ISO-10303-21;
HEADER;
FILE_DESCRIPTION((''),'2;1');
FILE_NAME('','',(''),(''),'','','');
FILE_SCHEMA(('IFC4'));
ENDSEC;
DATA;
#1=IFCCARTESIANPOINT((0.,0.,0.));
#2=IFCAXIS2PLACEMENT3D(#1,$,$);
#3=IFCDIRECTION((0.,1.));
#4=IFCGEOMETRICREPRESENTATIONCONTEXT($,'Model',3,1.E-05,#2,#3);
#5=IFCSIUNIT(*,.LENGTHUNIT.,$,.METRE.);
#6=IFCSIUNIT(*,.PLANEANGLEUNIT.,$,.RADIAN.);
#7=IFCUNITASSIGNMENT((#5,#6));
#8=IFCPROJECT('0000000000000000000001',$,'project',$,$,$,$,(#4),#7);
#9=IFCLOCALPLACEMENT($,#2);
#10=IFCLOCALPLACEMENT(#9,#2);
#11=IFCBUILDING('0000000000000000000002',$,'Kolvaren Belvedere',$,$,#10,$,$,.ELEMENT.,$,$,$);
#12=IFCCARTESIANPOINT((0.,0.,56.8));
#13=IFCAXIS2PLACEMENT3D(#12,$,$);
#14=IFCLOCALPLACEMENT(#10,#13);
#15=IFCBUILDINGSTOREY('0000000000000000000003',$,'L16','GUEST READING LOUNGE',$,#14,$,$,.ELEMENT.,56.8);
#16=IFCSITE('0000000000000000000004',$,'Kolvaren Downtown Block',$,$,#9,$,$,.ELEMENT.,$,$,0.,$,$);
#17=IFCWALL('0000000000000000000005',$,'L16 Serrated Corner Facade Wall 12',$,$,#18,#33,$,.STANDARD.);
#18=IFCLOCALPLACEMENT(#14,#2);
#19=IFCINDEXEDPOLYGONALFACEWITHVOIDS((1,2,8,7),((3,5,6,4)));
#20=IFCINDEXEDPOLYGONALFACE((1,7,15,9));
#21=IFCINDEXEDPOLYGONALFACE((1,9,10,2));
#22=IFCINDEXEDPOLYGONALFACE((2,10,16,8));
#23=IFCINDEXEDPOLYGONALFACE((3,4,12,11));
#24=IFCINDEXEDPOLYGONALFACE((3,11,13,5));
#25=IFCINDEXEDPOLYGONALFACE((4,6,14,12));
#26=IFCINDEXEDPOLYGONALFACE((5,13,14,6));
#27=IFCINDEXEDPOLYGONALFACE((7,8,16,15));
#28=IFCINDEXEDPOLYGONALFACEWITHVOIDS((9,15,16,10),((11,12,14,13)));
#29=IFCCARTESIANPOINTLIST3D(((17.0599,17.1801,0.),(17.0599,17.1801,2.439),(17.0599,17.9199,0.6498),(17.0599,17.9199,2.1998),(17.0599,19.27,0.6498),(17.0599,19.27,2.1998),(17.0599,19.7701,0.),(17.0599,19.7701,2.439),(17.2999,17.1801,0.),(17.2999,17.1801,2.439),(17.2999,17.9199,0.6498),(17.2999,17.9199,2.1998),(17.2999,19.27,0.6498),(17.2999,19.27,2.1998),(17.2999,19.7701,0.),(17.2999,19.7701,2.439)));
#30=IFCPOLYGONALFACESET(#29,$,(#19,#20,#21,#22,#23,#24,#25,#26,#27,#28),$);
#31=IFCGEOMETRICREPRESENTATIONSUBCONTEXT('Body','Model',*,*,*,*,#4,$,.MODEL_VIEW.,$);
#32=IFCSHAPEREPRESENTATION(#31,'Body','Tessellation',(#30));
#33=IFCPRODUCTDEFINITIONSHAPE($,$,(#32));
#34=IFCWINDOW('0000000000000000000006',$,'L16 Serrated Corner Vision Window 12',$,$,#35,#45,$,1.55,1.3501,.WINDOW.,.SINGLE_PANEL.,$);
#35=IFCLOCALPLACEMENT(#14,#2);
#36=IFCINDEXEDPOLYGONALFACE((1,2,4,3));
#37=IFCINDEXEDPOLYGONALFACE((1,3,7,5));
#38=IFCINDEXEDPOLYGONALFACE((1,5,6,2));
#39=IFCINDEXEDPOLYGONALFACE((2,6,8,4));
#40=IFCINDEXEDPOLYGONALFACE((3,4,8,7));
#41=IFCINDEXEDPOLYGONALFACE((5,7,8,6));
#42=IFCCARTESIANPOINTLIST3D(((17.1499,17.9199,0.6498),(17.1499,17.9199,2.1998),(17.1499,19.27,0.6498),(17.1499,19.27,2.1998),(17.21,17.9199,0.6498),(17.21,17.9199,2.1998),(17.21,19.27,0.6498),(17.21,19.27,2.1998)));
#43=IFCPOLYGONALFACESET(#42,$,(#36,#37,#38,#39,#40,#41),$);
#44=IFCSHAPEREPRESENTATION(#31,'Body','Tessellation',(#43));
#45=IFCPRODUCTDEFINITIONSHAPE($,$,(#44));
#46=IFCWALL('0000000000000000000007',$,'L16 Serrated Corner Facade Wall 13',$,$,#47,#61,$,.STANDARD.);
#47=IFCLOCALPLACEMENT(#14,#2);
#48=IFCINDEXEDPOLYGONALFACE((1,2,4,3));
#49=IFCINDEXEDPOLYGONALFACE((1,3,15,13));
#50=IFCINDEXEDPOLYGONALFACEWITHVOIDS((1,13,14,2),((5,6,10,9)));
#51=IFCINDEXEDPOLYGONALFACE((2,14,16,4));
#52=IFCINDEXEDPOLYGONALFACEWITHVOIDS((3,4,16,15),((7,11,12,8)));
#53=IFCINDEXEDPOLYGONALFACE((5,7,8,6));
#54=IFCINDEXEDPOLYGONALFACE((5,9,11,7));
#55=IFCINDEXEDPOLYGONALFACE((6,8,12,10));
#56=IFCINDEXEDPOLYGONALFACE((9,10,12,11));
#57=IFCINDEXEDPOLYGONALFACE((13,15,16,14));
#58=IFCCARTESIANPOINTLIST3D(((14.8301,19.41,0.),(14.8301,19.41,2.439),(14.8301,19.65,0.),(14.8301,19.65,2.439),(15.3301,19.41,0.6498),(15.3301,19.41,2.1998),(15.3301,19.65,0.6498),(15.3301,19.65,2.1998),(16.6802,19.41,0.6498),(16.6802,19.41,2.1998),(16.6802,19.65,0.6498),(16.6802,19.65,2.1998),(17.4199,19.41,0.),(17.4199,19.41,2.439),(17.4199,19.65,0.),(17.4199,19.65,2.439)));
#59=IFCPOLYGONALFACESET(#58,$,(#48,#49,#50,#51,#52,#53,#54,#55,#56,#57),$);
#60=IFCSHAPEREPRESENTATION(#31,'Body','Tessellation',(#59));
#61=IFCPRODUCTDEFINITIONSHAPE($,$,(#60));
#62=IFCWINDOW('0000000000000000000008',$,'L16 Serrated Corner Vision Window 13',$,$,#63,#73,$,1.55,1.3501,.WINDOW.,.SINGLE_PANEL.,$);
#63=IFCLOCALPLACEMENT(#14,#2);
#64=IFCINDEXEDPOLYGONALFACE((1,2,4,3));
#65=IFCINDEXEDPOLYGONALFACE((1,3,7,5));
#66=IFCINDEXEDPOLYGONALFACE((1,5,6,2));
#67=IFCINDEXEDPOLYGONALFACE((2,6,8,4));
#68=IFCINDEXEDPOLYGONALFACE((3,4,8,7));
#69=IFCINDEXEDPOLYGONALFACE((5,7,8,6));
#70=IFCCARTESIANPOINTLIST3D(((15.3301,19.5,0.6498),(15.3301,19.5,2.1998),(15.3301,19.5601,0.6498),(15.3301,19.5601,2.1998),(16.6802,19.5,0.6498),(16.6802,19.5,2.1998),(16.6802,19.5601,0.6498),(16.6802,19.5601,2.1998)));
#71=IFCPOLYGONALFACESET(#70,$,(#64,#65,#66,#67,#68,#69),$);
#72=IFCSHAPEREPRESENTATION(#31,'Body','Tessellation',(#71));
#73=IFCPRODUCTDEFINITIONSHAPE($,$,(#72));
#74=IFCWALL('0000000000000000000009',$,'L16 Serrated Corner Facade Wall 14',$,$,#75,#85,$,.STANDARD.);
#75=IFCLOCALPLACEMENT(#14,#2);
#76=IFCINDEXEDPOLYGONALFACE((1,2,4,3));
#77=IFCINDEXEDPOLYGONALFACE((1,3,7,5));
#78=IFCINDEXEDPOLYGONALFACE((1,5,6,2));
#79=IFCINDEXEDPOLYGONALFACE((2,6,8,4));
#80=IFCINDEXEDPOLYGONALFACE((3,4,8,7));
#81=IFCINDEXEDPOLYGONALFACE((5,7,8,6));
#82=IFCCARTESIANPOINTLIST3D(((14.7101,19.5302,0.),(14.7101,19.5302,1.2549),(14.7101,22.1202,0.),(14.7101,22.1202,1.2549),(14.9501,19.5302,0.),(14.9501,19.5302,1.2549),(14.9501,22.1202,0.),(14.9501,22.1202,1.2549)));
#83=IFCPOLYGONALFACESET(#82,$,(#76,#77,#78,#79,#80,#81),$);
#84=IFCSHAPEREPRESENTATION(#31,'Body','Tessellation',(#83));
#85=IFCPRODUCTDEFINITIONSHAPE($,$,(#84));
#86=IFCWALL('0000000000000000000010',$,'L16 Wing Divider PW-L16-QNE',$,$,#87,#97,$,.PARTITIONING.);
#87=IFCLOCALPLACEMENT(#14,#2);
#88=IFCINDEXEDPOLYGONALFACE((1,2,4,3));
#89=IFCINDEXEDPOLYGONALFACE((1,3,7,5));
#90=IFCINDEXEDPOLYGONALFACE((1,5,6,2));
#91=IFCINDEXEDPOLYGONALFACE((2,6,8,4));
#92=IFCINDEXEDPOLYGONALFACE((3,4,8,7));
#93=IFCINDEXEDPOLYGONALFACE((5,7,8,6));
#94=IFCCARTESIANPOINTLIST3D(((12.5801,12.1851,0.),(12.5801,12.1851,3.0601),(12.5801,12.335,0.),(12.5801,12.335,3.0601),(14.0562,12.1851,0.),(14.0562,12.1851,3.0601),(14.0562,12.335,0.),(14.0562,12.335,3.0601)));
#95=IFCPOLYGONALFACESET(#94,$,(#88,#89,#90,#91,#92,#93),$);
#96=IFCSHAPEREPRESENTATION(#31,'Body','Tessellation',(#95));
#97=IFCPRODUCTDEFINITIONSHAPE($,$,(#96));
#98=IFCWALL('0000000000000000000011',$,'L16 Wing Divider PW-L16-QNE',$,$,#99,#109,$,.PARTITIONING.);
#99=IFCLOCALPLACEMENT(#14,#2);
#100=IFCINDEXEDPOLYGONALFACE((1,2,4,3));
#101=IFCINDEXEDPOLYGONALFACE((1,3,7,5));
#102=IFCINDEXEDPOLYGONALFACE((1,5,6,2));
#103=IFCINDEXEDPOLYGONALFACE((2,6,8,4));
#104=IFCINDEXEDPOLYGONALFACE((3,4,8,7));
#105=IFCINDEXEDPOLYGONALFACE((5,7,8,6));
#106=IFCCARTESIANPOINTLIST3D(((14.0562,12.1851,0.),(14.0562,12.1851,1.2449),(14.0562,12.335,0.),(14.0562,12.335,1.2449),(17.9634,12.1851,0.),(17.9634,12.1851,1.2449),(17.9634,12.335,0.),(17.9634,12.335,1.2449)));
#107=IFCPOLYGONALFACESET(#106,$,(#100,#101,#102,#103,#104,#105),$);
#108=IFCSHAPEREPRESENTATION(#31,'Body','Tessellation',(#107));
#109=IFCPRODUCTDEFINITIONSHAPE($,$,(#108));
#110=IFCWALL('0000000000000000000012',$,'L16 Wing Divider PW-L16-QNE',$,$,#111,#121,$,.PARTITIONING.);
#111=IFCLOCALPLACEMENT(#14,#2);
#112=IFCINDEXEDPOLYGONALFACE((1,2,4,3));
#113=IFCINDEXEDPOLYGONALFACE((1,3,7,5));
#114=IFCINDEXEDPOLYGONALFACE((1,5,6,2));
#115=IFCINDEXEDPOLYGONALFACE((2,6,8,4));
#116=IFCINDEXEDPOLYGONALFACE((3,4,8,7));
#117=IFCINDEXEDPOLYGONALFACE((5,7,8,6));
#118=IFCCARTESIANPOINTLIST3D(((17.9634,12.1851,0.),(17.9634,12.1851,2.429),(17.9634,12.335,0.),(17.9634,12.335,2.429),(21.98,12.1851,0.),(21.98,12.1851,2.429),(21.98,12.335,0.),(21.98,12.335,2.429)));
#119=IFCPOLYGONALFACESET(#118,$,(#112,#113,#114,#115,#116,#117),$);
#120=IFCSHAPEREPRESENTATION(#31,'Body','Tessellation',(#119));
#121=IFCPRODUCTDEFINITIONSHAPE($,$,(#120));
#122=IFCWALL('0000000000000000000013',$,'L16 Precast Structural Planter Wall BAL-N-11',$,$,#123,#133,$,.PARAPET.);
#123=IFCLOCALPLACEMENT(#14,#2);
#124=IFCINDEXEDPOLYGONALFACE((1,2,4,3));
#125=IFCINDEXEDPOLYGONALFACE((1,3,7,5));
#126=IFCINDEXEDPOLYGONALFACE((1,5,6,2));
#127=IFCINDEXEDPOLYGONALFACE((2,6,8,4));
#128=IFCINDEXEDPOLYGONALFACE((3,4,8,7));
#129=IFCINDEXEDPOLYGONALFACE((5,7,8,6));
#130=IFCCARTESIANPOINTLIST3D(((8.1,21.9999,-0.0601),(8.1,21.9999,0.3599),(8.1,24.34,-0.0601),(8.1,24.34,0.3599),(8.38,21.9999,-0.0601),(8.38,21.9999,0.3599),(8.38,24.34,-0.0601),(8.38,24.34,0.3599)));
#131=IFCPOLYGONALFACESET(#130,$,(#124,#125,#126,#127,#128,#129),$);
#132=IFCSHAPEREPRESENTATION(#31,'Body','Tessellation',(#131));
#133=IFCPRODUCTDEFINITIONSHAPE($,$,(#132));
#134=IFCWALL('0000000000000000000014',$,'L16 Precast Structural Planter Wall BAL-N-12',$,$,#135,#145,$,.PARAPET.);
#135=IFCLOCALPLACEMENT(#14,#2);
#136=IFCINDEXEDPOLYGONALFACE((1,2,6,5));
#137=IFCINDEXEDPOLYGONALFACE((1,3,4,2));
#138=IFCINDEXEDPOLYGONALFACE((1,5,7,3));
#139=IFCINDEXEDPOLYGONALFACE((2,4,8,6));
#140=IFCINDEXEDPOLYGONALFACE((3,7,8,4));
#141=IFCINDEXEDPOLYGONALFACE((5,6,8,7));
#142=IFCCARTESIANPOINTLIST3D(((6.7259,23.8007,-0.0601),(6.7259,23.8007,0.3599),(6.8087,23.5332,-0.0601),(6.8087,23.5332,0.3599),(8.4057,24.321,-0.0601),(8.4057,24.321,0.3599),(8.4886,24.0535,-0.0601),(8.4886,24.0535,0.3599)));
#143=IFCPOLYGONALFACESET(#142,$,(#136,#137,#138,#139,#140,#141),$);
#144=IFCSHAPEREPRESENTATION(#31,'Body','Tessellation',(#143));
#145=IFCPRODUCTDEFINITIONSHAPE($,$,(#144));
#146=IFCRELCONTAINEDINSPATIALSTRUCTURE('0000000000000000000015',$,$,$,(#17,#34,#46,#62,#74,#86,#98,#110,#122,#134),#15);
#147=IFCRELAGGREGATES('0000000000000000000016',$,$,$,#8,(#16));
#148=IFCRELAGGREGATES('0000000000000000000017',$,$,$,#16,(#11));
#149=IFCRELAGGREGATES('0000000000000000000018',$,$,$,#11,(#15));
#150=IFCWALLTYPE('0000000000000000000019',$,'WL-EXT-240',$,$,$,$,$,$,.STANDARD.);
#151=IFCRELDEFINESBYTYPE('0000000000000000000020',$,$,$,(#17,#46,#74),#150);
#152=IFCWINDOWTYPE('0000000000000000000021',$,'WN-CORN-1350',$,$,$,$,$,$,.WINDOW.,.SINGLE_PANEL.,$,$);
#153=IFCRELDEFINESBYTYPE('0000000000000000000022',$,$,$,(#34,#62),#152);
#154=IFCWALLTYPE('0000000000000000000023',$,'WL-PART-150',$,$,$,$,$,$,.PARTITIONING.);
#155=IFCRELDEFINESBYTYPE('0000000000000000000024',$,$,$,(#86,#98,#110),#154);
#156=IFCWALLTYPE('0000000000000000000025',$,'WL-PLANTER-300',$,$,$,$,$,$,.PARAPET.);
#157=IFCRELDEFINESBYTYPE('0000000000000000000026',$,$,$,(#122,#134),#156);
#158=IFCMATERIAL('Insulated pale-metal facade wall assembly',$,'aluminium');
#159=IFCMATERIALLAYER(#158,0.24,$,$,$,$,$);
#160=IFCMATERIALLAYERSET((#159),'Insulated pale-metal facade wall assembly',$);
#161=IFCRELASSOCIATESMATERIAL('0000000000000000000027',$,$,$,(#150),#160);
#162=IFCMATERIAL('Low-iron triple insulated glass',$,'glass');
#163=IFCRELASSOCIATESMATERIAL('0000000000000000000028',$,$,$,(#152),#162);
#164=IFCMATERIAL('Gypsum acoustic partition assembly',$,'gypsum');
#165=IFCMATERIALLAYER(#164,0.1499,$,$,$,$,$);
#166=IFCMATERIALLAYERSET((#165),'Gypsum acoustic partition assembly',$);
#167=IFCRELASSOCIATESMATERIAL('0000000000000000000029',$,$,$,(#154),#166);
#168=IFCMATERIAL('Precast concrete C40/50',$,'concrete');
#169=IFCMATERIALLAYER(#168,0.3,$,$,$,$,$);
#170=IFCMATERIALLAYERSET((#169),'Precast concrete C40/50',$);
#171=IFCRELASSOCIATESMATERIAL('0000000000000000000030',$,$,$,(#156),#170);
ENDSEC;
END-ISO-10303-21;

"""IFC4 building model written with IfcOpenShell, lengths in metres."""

from ifc_helpers import new_model, si_unit, direction, frame, frame_2d, origin, place, context, subcontext, project, spatial, rectangle, extrude, material, layer, layer_set, type_object, element, fill, save


model = new_model("IFC4")

# Units and contexts
model_context = context("Model", 3, precision=1e-05, world=origin(), true_north=direction((0.0, 1.0)))
body_context = subcontext(model_context, "Body", "Model", "MODEL_VIEW")
ifc_project = project(units=[si_unit("LENGTHUNIT", "METRE"), si_unit("PLANEANGLEUNIT", "RADIAN")], contexts=[model_context])

# Site, building, storey
site_placement = place(None, origin())
site = spatial("IfcSite", under=ifc_project, at=site_placement, Name="Kolvaren Downtown Block", CompositionType="ELEMENT", RefElevation=0.0)
building_placement = place(site_placement, origin())
building = spatial("IfcBuilding", under=site, at=building_placement, Name="Kolvaren Belvedere", CompositionType="ELEMENT")
storey_placement = place(building_placement, frame((0.0, 0.0, 56.8)))
storey = spatial("IfcBuildingStorey", under=building, at=storey_placement, Name="L16", Description="GUEST READING LOUNGE", CompositionType="ELEMENT", Elevation=56.8)

# Shared definitions
ifc_material_1 = material(Name="Insulated pale-metal facade wall assembly", Category="aluminium")
ifc_layer_1 = layer(ifc_material_1, 0.24)
ifc_layer_set_1 = layer_set([ifc_layer_1], Name="Insulated pale-metal facade wall assembly")
wall_type_1 = type_object("IfcWallType", Name="WL-EXT-240", PredefinedType="STANDARD", material=ifc_layer_set_1)

# Walls, openings, windows
ifc_material_2 = material(Name="Low-iron triple insulated glass", Category="glass")
window_type = type_object("IfcWindowType", Name="WN-CORN-1350", PartitioningType="SINGLE_PANEL", PredefinedType="WINDOW", material=ifc_material_2)
wall_1_placement = place(storey_placement, frame((17.1799, 19.77, 0.0), z_axis=(0.0, 0.0, 1.0), x_axis=(0.0, -1.0, 0.0)))
wall_1 = element("IfcWall", 1, at=wall_1_placement, inside=storey, type_object=wall_type_1, Name="L16 Serrated Corner Facade Wall 12", PredefinedType="STANDARD", context=body_context, shape_type="SweptSolid", body=[
    extrude(rectangle(XDim=2.5901, YDim=0.24, at=frame_2d((1.2949, 0.0))), origin(), (0.0, 0.0, 1.0), 2.439),
])
opening_1_placement = place(wall_1_placement, frame((0.5, 0.0, 0.6499)))
opening_1 = element("IfcOpeningElement", 2, at=opening_1_placement, cuts=wall_1, PredefinedType="OPENING", context=body_context, shape_type="SweptSolid", body=[
    extrude(rectangle(XDim=1.3501, YDim=1.55, at=frame_2d((0.675, 0.7749))), frame((0.0, 0.1299, 0.0), z_axis=(0.0, -1.0, 0.0), x_axis=(1.0, 0.0, 0.0)), (0.0, 0.0, 1.0), 0.26),
])
window_1_placement = place(opening_1_placement, origin())
window_1 = element("IfcWindow", 3, at=window_1_placement, inside=storey, type_object=window_type, Name="L16 Serrated Corner Vision Window 12", OverallHeight=1.55, OverallWidth=1.3501, PartitioningType="SINGLE_PANEL", PredefinedType="WINDOW", context=body_context, shape_type="SweptSolid", body=[
    extrude(rectangle(XDim=1.3501, YDim=1.55, at=frame_2d((0.675, 0.7749))), frame((0.0, 0.03, 0.0), z_axis=(0.0, -1.0, 0.0), x_axis=(1.0, 0.0, 0.0)), (0.0, 0.0, 1.0), 0.0601),
])
fill(opening_1, window_1)
wall_2_placement = place(storey_placement, frame((14.8301, 19.53, 0.0), z_axis=(0.0, 0.0, 1.0), x_axis=(1.0, 0.0, 0.0)))
wall_2 = element("IfcWall", 4, at=wall_2_placement, inside=storey, type_object=wall_type_1, Name="L16 Serrated Corner Facade Wall 13", PredefinedType="STANDARD", context=body_context, shape_type="SweptSolid", body=[
    extrude(rectangle(XDim=2.5898, YDim=0.24, at=frame_2d((1.2949, 0.0))), origin(), (0.0, 0.0, 1.0), 2.439),
])
opening_2_placement = place(wall_2_placement, frame((0.5, 0.0, 0.6499)))
opening_2 = element("IfcOpeningElement", 5, at=opening_2_placement, cuts=wall_2, PredefinedType="OPENING", context=body_context, shape_type="SweptSolid", body=[
    extrude(rectangle(XDim=1.3501, YDim=1.55, at=frame_2d((0.675, 0.7749))), frame((0.0, 0.1299, 0.0), z_axis=(0.0, -1.0, 0.0), x_axis=(1.0, 0.0, 0.0)), (0.0, 0.0, 1.0), 0.26),
])
window_2_placement = place(opening_2_placement, origin())
window_2 = element("IfcWindow", 6, at=window_2_placement, inside=storey, type_object=window_type, Name="L16 Serrated Corner Vision Window 13", OverallHeight=1.55, OverallWidth=1.3501, PartitioningType="SINGLE_PANEL", PredefinedType="WINDOW", context=body_context, shape_type="SweptSolid", body=[
    extrude(rectangle(XDim=1.3501, YDim=1.55, at=frame_2d((0.675, 0.7749))), frame((0.0, 0.03, 0.0), z_axis=(0.0, -1.0, 0.0), x_axis=(1.0, 0.0, 0.0)), (0.0, 0.0, 1.0), 0.0601),
])
fill(opening_2, window_2)

# Walls
wall_3_placement = place(storey_placement, frame((14.8301, 22.1201, 0.0), z_axis=(0.0, 0.0, 1.0), x_axis=(0.0, -1.0, 0.0)))
element("IfcWall", 7, at=wall_3_placement, inside=storey, type_object=wall_type_1, Name="L16 Serrated Corner Facade Wall 14", PredefinedType="STANDARD", context=body_context, shape_type="SweptSolid", body=[
    extrude(rectangle(XDim=2.5901, YDim=0.24, at=frame_2d((1.2949, 0.0))), origin(), (0.0, 0.0, 1.0), 1.2549),
])
ifc_material_3 = material(Name="Gypsum acoustic partition assembly", Category="gypsum")
ifc_layer_2 = layer(ifc_material_3, 0.1499)
ifc_layer_set_2 = layer_set([ifc_layer_2], Name="Gypsum acoustic partition assembly")
wall_type_2 = type_object("IfcWallType", Name="WL-PART-150", PredefinedType="PARTITIONING", material=ifc_layer_set_2)
wall_4_placement = place(storey_placement, frame((12.5801, 12.26, 0.0), z_axis=(0.0, 0.0, 1.0), x_axis=(1.0, 0.0, 0.0)))
element("IfcWall", 8, at=wall_4_placement, inside=storey, type_object=wall_type_2, Name="L16 Wing Divider PW-L16-QNE", PredefinedType="PARTITIONING", context=body_context, shape_type="SweptSolid", body=[
    extrude(rectangle(XDim=1.4761, YDim=0.1499, at=frame_2d((0.738, 0.0))), origin(), (0.0, 0.0, 1.0), 3.0601),
])
wall_5_placement = place(storey_placement, frame((14.0562, 12.26, 0.0), z_axis=(0.0, 0.0, 1.0), x_axis=(1.0, 0.0, 0.0)))
element("IfcWall", 9, at=wall_5_placement, inside=storey, type_object=wall_type_2, Name="L16 Wing Divider PW-L16-QNE", PredefinedType="PARTITIONING", context=body_context, shape_type="SweptSolid", body=[
    extrude(rectangle(XDim=3.9072, YDim=0.1499, at=frame_2d((1.9536, 0.0))), origin(), (0.0, 0.0, 1.0), 1.2449),
])
wall_6_placement = place(storey_placement, frame((17.9634, 12.26, 0.0), z_axis=(0.0, 0.0, 1.0), x_axis=(1.0, 0.0, 0.0)))
element("IfcWall", 10, at=wall_6_placement, inside=storey, type_object=wall_type_2, Name="L16 Wing Divider PW-L16-QNE", PredefinedType="PARTITIONING", context=body_context, shape_type="SweptSolid", body=[
    extrude(rectangle(XDim=4.0166, YDim=0.1499, at=frame_2d((2.0083, 0.0))), origin(), (0.0, 0.0, 1.0), 2.429),
])
ifc_material_4 = material(Name="Precast concrete C40/50", Category="concrete")
ifc_layer_3 = layer(ifc_material_4, 0.3)
ifc_layer_set_3 = layer_set([ifc_layer_3], Name="Precast concrete C40/50")
wall_type_3 = type_object("IfcWallType", Name="WL-PLANTER-300", PredefinedType="PARAPET", material=ifc_layer_set_3)
wall_7_placement = place(storey_placement, frame((8.24, 22.0, -0.0601), z_axis=(0.0, 0.0, 1.0), x_axis=(0.0, 1.0, 0.0)))
element("IfcWall", 11, at=wall_7_placement, inside=storey, type_object=wall_type_3, Name="L16 Precast Structural Planter Wall BAL-N-11", PredefinedType="PARAPET", context=body_context, shape_type="SweptSolid", body=[
    extrude(rectangle(XDim=2.3401, YDim=0.28, at=frame_2d((1.1699, 0.0))), origin(), (0.0, 0.0, 1.0), 0.4199),
])
wall_8_placement = place(storey_placement, frame((8.4473, 24.1873, -0.0601), z_axis=(0.0, 0.0, 1.0), x_axis=(-0.95524, -0.295832, 0.0)))
element("IfcWall", 12, at=wall_8_placement, inside=storey, type_object=wall_type_3, Name="L16 Precast Structural Planter Wall BAL-N-12", PredefinedType="PARAPET", context=body_context, shape_type="SweptSolid", body=[
    extrude(rectangle(XDim=1.7585, YDim=0.28, at=frame_2d((0.8794, 0.0))), origin(), (0.0, 0.0, 1.0), 0.4199),
])

save(model, "model.ifc")
